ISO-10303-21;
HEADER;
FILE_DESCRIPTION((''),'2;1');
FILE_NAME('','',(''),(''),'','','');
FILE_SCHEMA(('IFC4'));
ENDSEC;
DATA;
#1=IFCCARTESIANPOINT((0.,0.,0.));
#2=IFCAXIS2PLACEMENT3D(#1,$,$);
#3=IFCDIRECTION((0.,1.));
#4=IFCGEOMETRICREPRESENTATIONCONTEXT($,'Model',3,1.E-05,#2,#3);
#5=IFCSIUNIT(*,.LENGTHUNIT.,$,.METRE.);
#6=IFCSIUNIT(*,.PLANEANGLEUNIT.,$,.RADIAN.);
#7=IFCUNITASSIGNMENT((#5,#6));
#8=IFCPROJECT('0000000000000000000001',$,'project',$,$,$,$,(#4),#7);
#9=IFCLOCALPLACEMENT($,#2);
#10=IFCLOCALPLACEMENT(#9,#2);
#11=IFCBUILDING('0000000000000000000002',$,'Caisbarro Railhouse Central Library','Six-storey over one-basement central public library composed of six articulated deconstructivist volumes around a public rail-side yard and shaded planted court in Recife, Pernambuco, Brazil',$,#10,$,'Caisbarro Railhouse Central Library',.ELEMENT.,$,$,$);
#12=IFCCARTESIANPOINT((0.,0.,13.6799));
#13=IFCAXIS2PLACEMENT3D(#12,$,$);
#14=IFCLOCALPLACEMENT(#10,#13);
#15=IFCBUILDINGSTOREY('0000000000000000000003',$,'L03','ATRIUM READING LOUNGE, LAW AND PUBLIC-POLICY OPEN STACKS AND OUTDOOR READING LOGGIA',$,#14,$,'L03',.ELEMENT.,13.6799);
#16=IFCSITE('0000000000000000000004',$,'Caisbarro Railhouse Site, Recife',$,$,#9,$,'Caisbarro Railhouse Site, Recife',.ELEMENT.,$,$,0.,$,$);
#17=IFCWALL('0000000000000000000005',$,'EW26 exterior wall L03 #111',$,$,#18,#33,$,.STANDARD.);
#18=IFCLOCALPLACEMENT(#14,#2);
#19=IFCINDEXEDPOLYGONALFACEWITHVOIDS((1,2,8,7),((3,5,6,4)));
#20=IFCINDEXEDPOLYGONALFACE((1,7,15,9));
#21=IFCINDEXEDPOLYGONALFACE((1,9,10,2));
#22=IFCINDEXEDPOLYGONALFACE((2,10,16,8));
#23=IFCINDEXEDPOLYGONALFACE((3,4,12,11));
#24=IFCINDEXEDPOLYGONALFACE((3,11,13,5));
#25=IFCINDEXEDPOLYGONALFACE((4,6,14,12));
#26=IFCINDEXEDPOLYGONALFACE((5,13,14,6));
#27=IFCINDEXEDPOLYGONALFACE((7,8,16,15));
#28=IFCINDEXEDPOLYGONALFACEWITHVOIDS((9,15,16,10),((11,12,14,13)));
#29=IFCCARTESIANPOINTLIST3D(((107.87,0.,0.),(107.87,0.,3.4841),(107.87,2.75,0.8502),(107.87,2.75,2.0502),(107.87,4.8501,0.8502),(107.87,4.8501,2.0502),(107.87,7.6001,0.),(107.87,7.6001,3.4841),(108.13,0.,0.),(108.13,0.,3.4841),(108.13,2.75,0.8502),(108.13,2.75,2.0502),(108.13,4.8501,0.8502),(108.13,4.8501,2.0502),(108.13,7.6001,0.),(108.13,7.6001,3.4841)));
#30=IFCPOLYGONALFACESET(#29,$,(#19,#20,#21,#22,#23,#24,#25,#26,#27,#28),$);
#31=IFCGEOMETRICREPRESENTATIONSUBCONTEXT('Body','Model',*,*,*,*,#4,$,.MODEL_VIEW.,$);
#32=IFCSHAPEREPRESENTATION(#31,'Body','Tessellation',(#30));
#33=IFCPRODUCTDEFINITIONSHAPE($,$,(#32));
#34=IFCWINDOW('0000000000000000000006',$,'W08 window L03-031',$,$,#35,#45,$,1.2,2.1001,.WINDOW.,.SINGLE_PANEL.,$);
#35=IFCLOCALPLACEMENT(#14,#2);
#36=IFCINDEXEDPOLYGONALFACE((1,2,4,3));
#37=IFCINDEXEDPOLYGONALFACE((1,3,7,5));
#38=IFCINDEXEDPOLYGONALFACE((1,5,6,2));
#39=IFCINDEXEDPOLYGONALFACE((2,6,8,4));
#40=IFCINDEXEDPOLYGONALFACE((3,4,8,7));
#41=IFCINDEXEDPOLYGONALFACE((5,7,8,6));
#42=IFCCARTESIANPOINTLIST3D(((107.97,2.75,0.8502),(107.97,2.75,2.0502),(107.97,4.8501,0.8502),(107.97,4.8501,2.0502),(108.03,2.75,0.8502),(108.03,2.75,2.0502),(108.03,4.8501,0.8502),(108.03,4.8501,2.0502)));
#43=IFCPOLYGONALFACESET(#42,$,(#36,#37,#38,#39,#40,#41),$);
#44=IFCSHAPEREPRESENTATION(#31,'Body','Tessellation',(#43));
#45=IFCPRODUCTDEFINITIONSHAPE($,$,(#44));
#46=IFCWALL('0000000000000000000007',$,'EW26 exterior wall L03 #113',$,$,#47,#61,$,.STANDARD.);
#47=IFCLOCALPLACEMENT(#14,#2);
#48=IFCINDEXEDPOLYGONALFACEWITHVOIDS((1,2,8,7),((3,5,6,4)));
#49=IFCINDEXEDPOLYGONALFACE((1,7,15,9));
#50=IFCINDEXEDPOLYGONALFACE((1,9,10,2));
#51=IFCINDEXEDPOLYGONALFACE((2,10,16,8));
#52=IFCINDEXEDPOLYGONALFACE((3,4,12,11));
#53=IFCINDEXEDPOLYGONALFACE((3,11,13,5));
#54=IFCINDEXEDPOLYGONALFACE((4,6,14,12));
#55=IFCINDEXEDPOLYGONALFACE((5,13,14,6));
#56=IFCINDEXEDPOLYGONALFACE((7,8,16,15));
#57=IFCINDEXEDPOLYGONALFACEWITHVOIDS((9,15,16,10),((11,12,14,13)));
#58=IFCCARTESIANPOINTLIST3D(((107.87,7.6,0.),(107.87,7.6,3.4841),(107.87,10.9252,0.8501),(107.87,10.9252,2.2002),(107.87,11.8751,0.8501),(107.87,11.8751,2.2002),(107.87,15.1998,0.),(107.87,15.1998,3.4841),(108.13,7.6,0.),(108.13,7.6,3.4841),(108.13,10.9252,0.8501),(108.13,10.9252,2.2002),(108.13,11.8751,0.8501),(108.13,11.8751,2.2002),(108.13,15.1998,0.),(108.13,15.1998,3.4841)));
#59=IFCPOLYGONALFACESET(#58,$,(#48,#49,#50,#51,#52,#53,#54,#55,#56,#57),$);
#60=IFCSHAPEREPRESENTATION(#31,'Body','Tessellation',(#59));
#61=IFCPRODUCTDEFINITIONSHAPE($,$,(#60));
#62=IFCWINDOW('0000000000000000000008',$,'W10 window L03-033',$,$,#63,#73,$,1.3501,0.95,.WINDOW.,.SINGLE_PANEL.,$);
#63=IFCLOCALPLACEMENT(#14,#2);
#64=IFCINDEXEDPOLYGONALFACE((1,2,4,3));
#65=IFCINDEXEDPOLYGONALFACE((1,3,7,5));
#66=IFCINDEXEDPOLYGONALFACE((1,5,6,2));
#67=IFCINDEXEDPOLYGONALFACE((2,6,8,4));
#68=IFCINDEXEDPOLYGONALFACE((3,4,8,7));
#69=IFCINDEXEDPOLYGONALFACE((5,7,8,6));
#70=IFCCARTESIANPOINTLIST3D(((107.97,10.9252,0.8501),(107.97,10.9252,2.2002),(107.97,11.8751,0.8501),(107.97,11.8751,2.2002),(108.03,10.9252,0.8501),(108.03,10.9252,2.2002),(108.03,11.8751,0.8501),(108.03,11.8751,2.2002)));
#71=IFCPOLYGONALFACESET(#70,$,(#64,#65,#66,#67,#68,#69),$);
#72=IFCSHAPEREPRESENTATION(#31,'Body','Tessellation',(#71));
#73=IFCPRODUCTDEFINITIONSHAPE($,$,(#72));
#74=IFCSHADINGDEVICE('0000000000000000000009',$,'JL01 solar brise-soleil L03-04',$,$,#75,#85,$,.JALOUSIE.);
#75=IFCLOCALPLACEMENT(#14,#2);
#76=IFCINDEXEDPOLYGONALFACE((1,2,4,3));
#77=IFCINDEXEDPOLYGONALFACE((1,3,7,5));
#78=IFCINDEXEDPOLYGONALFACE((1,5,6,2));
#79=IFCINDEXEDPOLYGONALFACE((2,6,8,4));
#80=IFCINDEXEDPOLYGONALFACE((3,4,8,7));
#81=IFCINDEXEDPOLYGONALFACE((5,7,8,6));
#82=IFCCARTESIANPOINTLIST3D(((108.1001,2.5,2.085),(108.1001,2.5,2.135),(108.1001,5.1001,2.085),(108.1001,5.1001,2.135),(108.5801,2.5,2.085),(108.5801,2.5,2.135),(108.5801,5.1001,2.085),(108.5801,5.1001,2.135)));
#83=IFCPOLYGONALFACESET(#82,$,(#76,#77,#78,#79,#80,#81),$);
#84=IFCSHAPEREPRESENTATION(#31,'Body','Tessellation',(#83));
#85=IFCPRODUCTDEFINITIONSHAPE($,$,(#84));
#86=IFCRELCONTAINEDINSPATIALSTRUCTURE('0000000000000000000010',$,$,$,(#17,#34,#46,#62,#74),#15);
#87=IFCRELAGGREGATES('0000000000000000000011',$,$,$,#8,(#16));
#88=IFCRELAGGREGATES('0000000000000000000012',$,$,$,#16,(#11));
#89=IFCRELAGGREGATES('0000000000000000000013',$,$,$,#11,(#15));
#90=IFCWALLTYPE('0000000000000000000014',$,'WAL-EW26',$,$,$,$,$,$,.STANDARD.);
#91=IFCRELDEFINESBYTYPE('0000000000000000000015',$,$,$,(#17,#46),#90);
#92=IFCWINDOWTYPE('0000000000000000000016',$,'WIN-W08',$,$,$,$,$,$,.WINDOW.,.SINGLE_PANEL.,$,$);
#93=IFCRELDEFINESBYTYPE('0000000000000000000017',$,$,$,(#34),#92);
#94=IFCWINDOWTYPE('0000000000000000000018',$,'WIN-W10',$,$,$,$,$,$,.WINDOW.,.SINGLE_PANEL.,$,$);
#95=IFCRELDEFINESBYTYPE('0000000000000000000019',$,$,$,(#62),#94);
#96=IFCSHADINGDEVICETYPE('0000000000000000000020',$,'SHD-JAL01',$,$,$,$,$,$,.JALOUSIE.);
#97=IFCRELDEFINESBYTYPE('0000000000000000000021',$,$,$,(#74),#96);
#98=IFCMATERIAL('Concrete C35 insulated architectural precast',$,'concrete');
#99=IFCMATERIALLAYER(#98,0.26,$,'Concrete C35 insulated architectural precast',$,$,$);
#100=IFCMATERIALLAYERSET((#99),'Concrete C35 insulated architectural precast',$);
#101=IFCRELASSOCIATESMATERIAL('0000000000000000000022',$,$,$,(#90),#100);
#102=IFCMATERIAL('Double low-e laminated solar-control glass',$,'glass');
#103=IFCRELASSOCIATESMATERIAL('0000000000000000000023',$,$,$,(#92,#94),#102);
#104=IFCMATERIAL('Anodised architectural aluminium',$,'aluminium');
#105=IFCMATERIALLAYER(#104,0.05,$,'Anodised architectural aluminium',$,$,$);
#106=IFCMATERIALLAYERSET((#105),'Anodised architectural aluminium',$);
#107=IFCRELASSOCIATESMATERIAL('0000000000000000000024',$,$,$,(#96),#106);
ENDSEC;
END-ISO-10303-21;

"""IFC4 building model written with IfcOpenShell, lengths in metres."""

from ifc_helpers import new_model, si_unit, direction, frame, frame_2d, origin, origin_2d, place, context, subcontext, project, spatial, rectangle, extrude, material, layer, layer_set, type_object, element, fill, save


model = new_model("IFC4")

# Units and contexts
model_context = context("Model", 3, precision=1e-05, world=origin(), true_north=direction((0.0, 1.0)))
body_context = subcontext(model_context, "Body", "Model", "MODEL_VIEW")
ifc_project = project(units=[si_unit("LENGTHUNIT", "METRE"), si_unit("PLANEANGLEUNIT", "RADIAN")], contexts=[model_context])

# Site, building, storey
site_placement = place(None, origin())
site = spatial("IfcSite", under=ifc_project, at=site_placement, Name="Caisbarro Railhouse Site, Recife", LongName="Caisbarro Railhouse Site, Recife", CompositionType="ELEMENT", RefElevation=0.0)
building_placement = place(site_placement, origin())
building = spatial("IfcBuilding", under=site, at=building_placement, Name="Caisbarro Railhouse Central Library", Description="Six-storey over one-basement central public library composed of six articulated deconstructivist volumes around a public rail-side yard and shaded planted court in Recife, Pernambuco, Brazil", LongName="Caisbarro Railhouse Central Library", CompositionType="ELEMENT")
storey_placement = place(building_placement, frame((0.0, 0.0, 13.6799)))
storey = spatial("IfcBuildingStorey", under=building, at=storey_placement, Name="L03", Description="ATRIUM READING LOUNGE, LAW AND PUBLIC-POLICY OPEN STACKS AND OUTDOOR READING LOGGIA", LongName="L03", CompositionType="ELEMENT", Elevation=13.6799)

# Walls, openings, windows
ifc_material_1 = material(Name="Concrete C35 insulated architectural precast", Category="concrete")
ifc_layer_1 = layer(ifc_material_1, 0.26, Name="Concrete C35 insulated architectural precast")
ifc_layer_set_1 = layer_set([ifc_layer_1], Name="Concrete C35 insulated architectural precast")
wall_type_1 = type_object("IfcWallType", Name="WAL-EW26", PredefinedType="STANDARD", material=ifc_layer_set_1)
ifc_material_2 = material(Name="Double low-e laminated solar-control glass", Category="glass")
wall_1_placement = place(storey_placement, frame((108.0, 0.0, 0.0), z_axis=(0.0, 0.0, 1.0), x_axis=(0.0, 1.0, 0.0)))
wall_1 = element("IfcWall", 1, at=wall_1_placement, inside=storey, type_object=wall_type_1, Name="EW26 exterior wall L03 #111", PredefinedType="STANDARD", context=body_context, shape_type="SweptSolid", body=[
    extrude(rectangle(XDim=7.6001, YDim=0.26, at=frame_2d((3.8, 0.0))), origin(), (0.0, 0.0, 1.0), 3.4841),
])
opening_1_placement = place(wall_1_placement, frame((2.75, 0.0, 0.8501)))
opening_1 = element("IfcOpeningElement", 2, at=opening_1_placement, cuts=wall_1, PredefinedType="OPENING", context=body_context, shape_type="SweptSolid", body=[
    extrude(rectangle(XDim=2.1001, YDim=1.2, at=frame_2d((1.05, 0.6001))), frame((0.0, 0.1401, 0.0), z_axis=(0.0, -1.0, 0.0), x_axis=(1.0, 0.0, 0.0)), (0.0, 0.0, 1.0), 0.28),
])
window_type_1 = type_object("IfcWindowType", Name="WIN-W08", PartitioningType="SINGLE_PANEL", PredefinedType="WINDOW", material=ifc_material_2)
window_1_placement = place(opening_1_placement, origin())
window_1 = element("IfcWindow", 3, at=window_1_placement, inside=storey, type_object=window_type_1, Name="W08 window L03-031", OverallHeight=1.2, OverallWidth=2.1001, PartitioningType="SINGLE_PANEL", PredefinedType="WINDOW", context=body_context, shape_type="SweptSolid", body=[
    extrude(rectangle(XDim=2.1001, YDim=1.2, at=frame_2d((1.05, 0.6001))), frame((0.0, 0.03, 0.0), z_axis=(0.0, -1.0, 0.0), x_axis=(1.0, 0.0, 0.0)), (0.0, 0.0, 1.0), 0.0601),
])
fill(opening_1, window_1)
wall_2_placement = place(storey_placement, frame((108.0, 7.6001, 0.0), z_axis=(0.0, 0.0, 1.0), x_axis=(0.0, 1.0, 0.0)))
wall_2 = element("IfcWall", 4, at=wall_2_placement, inside=storey, type_object=wall_type_1, Name="EW26 exterior wall L03 #113", PredefinedType="STANDARD", context=body_context, shape_type="SweptSolid", body=[
    extrude(rectangle(XDim=7.5999, YDim=0.26, at=frame_2d((3.7998, 0.0))), origin(), (0.0, 0.0, 1.0), 3.4841),
])
opening_2_placement = place(wall_2_placement, frame((3.325, 0.0, 0.8501)))
opening_2 = element("IfcOpeningElement", 5, at=opening_2_placement, cuts=wall_2, PredefinedType="OPENING", context=body_context, shape_type="SweptSolid", body=[
    extrude(rectangle(XDim=0.95, YDim=1.3501, at=frame_2d((0.4751, 0.675))), frame((0.0, 0.1401, 0.0), z_axis=(0.0, -1.0, 0.0), x_axis=(1.0, 0.0, 0.0)), (0.0, 0.0, 1.0), 0.28),
])
window_type_2 = type_object("IfcWindowType", Name="WIN-W10", PartitioningType="SINGLE_PANEL", PredefinedType="WINDOW", material=ifc_material_2)
window_2_placement = place(opening_2_placement, origin())
window_2 = element("IfcWindow", 6, at=window_2_placement, inside=storey, type_object=window_type_2, Name="W10 window L03-033", OverallHeight=1.3501, OverallWidth=0.95, PartitioningType="SINGLE_PANEL", PredefinedType="WINDOW", context=body_context, shape_type="SweptSolid", body=[
    extrude(rectangle(XDim=0.95, YDim=1.3501, at=frame_2d((0.4751, 0.675))), frame((0.0, 0.03, 0.0), z_axis=(0.0, -1.0, 0.0), x_axis=(1.0, 0.0, 0.0)), (0.0, 0.0, 1.0), 0.0601),
])
fill(opening_2, window_2)

# Shading device
ifc_material_3 = material(Name="Anodised architectural aluminium", Category="aluminium")
ifc_layer_2 = layer(ifc_material_3, 0.05, Name="Anodised architectural aluminium")
ifc_layer_set_2 = layer_set([ifc_layer_2], Name="Anodised architectural aluminium")
shading_device_type = type_object("IfcShadingDeviceType", Name="SHD-JAL01", PredefinedType="JALOUSIE", material=ifc_layer_set_2)
shading_device_placement = place(storey_placement, frame((108.3401, 3.8, 2.085), z_axis=(0.0, 0.0, 1.0), x_axis=(0.0, 1.0, 0.0)))
element("IfcShadingDevice", 7, at=shading_device_placement, inside=storey, type_object=shading_device_type, Name="JL01 solar brise-soleil L03-04", PredefinedType="JALOUSIE", context=body_context, shape_type="SweptSolid", body=[
    extrude(rectangle(XDim=2.6001, YDim=0.48, at=origin_2d()), origin(), (0.0, 0.0, 1.0), 0.05),
])

save(model, "model.ifc")
